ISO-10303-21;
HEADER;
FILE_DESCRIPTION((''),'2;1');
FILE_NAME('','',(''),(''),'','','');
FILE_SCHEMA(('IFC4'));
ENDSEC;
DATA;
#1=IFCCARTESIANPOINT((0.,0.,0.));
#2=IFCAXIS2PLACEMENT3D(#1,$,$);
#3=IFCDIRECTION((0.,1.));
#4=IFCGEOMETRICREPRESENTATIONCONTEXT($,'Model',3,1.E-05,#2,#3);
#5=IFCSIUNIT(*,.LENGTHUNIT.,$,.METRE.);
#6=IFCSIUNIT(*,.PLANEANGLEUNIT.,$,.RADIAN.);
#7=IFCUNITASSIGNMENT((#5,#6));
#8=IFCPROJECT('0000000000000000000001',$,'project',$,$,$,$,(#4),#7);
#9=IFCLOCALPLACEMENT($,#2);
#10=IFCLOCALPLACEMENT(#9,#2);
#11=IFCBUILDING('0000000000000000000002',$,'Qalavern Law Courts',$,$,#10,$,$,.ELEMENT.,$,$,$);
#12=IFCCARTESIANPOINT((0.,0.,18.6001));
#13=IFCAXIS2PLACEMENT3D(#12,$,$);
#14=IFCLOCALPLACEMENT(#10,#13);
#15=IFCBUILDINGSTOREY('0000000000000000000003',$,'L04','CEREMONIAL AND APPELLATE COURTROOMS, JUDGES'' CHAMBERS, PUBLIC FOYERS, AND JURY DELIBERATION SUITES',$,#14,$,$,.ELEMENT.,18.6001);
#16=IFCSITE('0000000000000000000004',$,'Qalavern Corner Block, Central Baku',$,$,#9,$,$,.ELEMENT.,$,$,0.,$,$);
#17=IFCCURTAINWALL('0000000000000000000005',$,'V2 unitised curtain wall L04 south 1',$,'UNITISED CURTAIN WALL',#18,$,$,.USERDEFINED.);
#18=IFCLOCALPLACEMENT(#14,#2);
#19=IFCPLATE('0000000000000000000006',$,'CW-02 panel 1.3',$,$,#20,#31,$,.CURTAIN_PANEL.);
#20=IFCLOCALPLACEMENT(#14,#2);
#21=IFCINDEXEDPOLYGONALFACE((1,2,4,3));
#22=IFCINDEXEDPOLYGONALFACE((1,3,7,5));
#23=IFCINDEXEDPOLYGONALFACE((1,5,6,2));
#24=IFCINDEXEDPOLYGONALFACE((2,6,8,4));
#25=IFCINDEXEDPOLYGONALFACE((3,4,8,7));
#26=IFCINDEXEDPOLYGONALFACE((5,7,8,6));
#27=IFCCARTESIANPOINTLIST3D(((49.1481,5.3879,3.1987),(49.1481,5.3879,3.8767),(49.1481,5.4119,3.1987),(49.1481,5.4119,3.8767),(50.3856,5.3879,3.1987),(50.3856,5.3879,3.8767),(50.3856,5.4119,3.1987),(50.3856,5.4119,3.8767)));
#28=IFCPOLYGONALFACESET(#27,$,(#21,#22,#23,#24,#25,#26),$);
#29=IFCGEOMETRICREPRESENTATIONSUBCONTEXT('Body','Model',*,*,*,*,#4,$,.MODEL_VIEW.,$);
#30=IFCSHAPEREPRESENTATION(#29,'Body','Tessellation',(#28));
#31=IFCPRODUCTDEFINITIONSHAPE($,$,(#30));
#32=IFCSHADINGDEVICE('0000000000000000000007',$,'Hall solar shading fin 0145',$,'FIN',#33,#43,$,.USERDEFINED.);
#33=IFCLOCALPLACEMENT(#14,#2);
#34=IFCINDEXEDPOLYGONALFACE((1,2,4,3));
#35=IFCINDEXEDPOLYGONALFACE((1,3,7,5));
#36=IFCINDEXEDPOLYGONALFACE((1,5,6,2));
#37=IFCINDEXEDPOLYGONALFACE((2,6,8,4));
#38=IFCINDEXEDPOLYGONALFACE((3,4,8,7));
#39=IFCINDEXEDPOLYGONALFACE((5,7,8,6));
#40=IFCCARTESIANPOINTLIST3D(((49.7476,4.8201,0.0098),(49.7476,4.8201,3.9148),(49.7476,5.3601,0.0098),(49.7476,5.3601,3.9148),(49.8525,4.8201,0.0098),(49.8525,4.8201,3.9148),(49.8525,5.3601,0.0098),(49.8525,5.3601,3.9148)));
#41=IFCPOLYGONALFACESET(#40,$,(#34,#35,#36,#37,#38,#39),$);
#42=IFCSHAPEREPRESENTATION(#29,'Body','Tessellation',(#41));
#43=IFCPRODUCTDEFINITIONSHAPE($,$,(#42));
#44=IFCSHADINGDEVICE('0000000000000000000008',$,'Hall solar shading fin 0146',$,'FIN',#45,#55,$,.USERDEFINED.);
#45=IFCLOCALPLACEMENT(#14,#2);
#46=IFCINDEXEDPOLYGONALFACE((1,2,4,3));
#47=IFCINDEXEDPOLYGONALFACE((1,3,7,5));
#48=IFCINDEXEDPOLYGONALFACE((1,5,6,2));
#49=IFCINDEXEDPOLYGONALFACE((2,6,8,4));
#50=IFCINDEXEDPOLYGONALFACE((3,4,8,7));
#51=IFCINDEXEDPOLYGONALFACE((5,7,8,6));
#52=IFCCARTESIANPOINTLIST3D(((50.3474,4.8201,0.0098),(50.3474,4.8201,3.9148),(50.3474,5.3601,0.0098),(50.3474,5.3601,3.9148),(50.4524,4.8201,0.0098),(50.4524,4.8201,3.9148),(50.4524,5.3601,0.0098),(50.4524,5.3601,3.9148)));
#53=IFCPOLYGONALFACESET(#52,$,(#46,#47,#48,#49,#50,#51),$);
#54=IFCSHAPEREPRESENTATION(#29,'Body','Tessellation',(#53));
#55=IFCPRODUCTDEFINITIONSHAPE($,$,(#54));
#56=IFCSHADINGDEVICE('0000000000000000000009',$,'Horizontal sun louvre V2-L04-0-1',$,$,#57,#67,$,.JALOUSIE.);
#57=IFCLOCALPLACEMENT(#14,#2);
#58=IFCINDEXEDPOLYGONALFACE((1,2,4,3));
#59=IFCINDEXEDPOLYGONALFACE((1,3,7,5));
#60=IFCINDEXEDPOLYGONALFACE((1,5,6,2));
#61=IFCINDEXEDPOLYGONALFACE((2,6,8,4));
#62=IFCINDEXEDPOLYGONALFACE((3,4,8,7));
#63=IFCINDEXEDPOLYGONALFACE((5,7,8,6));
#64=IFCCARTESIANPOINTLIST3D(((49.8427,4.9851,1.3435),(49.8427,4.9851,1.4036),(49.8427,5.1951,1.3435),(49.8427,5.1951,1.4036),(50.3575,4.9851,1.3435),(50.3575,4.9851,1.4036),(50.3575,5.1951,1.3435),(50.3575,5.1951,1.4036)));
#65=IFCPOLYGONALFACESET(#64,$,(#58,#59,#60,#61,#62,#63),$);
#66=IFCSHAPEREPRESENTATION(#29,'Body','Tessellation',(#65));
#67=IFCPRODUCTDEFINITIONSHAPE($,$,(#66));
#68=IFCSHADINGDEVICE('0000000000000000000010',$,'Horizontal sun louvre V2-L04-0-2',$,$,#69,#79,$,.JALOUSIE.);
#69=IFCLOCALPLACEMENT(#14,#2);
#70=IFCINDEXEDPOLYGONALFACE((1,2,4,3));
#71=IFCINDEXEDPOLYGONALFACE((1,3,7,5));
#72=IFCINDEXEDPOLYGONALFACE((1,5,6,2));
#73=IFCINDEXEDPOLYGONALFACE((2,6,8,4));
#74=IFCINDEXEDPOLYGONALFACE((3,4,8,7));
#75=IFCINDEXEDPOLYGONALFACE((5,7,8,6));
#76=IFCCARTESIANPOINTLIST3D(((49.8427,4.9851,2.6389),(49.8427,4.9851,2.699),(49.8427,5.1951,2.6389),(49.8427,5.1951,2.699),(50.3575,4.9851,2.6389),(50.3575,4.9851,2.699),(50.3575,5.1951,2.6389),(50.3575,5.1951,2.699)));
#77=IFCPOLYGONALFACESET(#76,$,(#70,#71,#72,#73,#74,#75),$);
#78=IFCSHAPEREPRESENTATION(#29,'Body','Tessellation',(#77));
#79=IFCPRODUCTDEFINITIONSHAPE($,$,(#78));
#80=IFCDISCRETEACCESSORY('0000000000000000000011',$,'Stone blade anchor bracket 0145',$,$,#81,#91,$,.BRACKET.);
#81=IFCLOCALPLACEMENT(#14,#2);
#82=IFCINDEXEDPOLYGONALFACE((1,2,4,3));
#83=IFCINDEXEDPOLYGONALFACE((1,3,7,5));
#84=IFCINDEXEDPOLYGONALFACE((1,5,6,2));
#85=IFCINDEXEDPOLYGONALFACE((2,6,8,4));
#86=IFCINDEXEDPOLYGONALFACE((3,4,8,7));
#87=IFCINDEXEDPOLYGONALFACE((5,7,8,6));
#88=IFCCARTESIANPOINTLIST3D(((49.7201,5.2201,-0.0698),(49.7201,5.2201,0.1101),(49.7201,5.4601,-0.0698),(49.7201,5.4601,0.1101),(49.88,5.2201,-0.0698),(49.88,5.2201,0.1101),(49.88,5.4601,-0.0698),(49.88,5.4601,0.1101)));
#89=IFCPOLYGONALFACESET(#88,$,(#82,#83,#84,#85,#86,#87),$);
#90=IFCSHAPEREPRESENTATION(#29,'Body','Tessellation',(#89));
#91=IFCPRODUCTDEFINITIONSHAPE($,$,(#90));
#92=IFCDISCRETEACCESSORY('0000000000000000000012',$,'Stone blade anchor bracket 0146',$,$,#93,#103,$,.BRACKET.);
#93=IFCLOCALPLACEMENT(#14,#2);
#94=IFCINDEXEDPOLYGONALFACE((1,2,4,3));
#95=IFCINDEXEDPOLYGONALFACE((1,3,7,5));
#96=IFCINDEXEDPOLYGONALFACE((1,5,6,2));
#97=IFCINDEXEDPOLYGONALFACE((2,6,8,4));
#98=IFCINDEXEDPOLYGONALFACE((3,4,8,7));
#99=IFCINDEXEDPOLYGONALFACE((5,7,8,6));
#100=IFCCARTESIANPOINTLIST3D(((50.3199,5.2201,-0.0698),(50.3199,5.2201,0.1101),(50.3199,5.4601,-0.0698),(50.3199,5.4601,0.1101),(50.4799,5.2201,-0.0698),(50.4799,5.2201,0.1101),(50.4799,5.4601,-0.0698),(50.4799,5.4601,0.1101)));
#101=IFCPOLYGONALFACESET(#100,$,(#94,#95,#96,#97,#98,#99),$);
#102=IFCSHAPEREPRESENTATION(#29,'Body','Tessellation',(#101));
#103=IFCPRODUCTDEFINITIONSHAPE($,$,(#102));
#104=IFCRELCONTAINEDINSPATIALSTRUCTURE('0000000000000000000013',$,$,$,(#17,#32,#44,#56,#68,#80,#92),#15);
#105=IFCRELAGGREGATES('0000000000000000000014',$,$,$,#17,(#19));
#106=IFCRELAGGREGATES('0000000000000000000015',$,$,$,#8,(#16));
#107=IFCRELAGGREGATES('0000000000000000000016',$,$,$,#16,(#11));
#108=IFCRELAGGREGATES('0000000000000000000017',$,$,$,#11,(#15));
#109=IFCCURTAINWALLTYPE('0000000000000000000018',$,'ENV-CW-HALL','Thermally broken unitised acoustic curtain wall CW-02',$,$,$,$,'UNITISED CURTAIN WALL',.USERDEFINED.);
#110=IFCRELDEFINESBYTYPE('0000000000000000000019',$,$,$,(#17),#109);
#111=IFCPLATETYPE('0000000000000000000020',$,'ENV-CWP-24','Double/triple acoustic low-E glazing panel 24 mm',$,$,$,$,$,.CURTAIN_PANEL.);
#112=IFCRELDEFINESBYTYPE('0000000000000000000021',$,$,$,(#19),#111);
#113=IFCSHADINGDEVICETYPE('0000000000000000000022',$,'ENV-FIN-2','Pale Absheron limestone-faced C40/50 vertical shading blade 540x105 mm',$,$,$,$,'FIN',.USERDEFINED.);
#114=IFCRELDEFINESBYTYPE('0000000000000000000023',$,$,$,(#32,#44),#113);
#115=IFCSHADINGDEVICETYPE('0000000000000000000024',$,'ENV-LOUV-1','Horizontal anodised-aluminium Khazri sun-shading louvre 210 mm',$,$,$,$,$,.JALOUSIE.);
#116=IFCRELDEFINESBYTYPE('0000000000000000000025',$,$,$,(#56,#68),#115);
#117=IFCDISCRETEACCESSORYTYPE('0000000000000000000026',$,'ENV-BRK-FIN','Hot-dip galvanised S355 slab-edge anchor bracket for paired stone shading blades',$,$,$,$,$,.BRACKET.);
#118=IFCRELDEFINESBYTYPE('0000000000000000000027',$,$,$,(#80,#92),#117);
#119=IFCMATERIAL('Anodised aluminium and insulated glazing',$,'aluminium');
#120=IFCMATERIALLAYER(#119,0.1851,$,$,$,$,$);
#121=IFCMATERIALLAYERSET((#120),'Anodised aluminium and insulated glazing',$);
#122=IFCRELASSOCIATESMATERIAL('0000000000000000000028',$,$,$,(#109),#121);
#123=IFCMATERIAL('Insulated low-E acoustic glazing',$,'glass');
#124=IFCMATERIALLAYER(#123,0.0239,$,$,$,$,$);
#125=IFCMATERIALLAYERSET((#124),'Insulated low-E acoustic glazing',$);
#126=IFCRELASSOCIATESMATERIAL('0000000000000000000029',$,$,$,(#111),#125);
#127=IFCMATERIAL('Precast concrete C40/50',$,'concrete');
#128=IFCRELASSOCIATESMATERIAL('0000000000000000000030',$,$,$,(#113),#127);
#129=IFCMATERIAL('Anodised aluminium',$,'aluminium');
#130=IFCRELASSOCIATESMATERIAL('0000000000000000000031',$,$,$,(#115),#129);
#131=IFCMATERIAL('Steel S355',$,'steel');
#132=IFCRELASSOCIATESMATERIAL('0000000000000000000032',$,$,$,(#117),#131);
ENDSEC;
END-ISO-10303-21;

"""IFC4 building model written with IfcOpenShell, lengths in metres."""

from ifc_helpers import new_model, si_unit, direction, frame, origin, origin_2d, place, context, subcontext, project, spatial, rectangle, extrude, material, layer, layer_set, type_object, element, aggregate, save


model = new_model("IFC4")

# Units and contexts
model_context = context("Model", 3, precision=1e-05, world=origin(), true_north=direction((0.0, 1.0)))
body_context = subcontext(model_context, "Body", "Model", "MODEL_VIEW")
ifc_project = project(units=[si_unit("LENGTHUNIT", "METRE"), si_unit("PLANEANGLEUNIT", "RADIAN")], contexts=[model_context])

# Site, building, storey
site_placement = place(None, origin())
site = spatial("IfcSite", under=ifc_project, at=site_placement, Name="Qalavern Corner Block, Central Baku", CompositionType="ELEMENT", RefElevation=0.0)
building_placement = place(site_placement, origin())
building = spatial("IfcBuilding", under=site, at=building_placement, Name="Qalavern Law Courts", CompositionType="ELEMENT")
storey_placement = place(building_placement, frame((0.0, 0.0, 18.6001)))
storey = spatial("IfcBuildingStorey", under=building, at=storey_placement, Name="L04", Description="CEREMONIAL AND APPELLATE COURTROOMS, JUDGES' CHAMBERS, PUBLIC FOYERS, AND JURY DELIBERATION SUITES", CompositionType="ELEMENT", Elevation=18.6001)

# Curtain wall, plate
ifc_material_1 = material(Name="Anodised aluminium and insulated glazing", Category="aluminium")
ifc_layer_1 = layer(ifc_material_1, 0.1851)
ifc_layer_set_1 = layer_set([ifc_layer_1], Name="Anodised aluminium and insulated glazing")
curtain_wall_type = type_object("IfcCurtainWallType", Name="ENV-CW-HALL", Description="Thermally broken unitised acoustic curtain wall CW-02", ElementType="UNITISED CURTAIN WALL", PredefinedType="USERDEFINED", material=ifc_layer_set_1)
curtain_wall_placement = place(storey_placement, origin())
curtain_wall = element("IfcCurtainWall", 1, at=curtain_wall_placement, inside=storey, type_object=curtain_wall_type, Name="V2 unitised curtain wall L04 south 1", ObjectType="UNITISED CURTAIN WALL", PredefinedType="USERDEFINED")
ifc_material_2 = material(Name="Anodised aluminium", Category="aluminium")
ifc_material_3 = material(Name="Insulated low-E acoustic glazing", Category="glass")
ifc_layer_2 = layer(ifc_material_3, 0.0239)
ifc_layer_set_2 = layer_set([ifc_layer_2], Name="Insulated low-E acoustic glazing")
plate_type = type_object("IfcPlateType", Name="ENV-CWP-24", Description="Double/triple acoustic low-E glazing panel 24 mm", PredefinedType="CURTAIN_PANEL", material=ifc_layer_set_2)
plate_1_placement = place(storey_placement, frame((49.7668, 5.3999, 3.1987), z_axis=(0.0, 0.0, 1.0), x_axis=(1.0, 0.0, 0.0)))
plate_1 = element("IfcPlate", 2, at=plate_1_placement, type_object=plate_type, Name="CW-02 panel 1.3", PredefinedType="CURTAIN_PANEL", context=body_context, shape_type="SweptSolid", body=[
    extrude(rectangle(XDim=1.2375, YDim=0.0239, at=origin_2d()), origin(), (0.0, 0.0, 1.0), 0.678),
])
aggregate(curtain_wall, [plate_1])

# Shading devices
ifc_material_4 = material(Name="Precast concrete C40/50", Category="concrete")
shading_device_type_1 = type_object("IfcShadingDeviceType", Name="ENV-FIN-2", Description="Pale Absheron limestone-faced C40/50 vertical shading blade 540x105 mm", ElementType="FIN", PredefinedType="USERDEFINED", material=ifc_material_4)
for number, where, z_axis, x_axis, name in (
    (3, (49.8, 5.0901, 0.0098), (0.0, 0.0, 1.0), (0.0, -1.0, 0.0), "Hall solar shading fin 0145"),
    (4, (50.3999, 5.0901, 0.0098), (0.0, 0.0, 1.0), (0.0, -1.0, 0.0), "Hall solar shading fin 0146"),
):
    element("IfcShadingDevice", number, at=place(storey_placement, frame(where, z_axis=z_axis, x_axis=x_axis)), inside=storey, type_object=shading_device_type_1, Name=name, ObjectType="FIN", PredefinedType="USERDEFINED", context=body_context, shape_type="SweptSolid", body=[
        extrude(rectangle(XDim=0.54, YDim=0.105, at=origin_2d()), origin(), (0.0, 0.0, 1.0), 3.905),
    ])
shading_device_type_2 = type_object("IfcShadingDeviceType", Name="ENV-LOUV-1", Description="Horizontal anodised-aluminium Khazri sun-shading louvre 210 mm", PredefinedType="JALOUSIE", material=ifc_material_2)
for number, where, z_axis, x_axis, name in (
    (5, (50.1001, 5.0901, 1.3435), (0.0, 0.0, 1.0), (1.0, 0.0, 0.0), "Horizontal sun louvre V2-L04-0-1"),
    (6, (50.1001, 5.0901, 2.6389), (0.0, 0.0, 1.0), (1.0, 0.0, 0.0), "Horizontal sun louvre V2-L04-0-2"),
):
    element("IfcShadingDevice", number, at=place(storey_placement, frame(where, z_axis=z_axis, x_axis=x_axis)), inside=storey, type_object=shading_device_type_2, Name=name, PredefinedType="JALOUSIE", context=body_context, shape_type="SweptSolid", body=[
        extrude(rectangle(XDim=0.5149, YDim=0.21, at=origin_2d()), origin(), (0.0, 0.0, 1.0), 0.0601),
    ])

# Discrete accessories
ifc_material_5 = material(Name="Steel S355", Category="steel")
discrete_accessory_type = type_object("IfcDiscreteAccessoryType", Name="ENV-BRK-FIN", Description="Hot-dip galvanised S355 slab-edge anchor bracket for paired stone shading blades", PredefinedType="BRACKET", material=ifc_material_5)
for number, where, z_axis, x_axis, name in (
    (7, (49.8, 5.3401, -0.0698), (0.0, 0.0, 1.0), (0.0, -1.0, 0.0), "Stone blade anchor bracket 0145"),
    (8, (50.3999, 5.3401, -0.0698), (0.0, 0.0, 1.0), (0.0, -1.0, 0.0), "Stone blade anchor bracket 0146"),
):
    element("IfcDiscreteAccessory", number, at=place(storey_placement, frame(where, z_axis=z_axis, x_axis=x_axis)), inside=storey, type_object=discrete_accessory_type, Name=name, PredefinedType="BRACKET", context=body_context, shape_type="SweptSolid", body=[
        extrude(rectangle(XDim=0.24, YDim=0.1599, at=origin_2d()), origin(), (0.0, 0.0, 1.0), 0.1799),
    ])

save(model, "model.ifc")
